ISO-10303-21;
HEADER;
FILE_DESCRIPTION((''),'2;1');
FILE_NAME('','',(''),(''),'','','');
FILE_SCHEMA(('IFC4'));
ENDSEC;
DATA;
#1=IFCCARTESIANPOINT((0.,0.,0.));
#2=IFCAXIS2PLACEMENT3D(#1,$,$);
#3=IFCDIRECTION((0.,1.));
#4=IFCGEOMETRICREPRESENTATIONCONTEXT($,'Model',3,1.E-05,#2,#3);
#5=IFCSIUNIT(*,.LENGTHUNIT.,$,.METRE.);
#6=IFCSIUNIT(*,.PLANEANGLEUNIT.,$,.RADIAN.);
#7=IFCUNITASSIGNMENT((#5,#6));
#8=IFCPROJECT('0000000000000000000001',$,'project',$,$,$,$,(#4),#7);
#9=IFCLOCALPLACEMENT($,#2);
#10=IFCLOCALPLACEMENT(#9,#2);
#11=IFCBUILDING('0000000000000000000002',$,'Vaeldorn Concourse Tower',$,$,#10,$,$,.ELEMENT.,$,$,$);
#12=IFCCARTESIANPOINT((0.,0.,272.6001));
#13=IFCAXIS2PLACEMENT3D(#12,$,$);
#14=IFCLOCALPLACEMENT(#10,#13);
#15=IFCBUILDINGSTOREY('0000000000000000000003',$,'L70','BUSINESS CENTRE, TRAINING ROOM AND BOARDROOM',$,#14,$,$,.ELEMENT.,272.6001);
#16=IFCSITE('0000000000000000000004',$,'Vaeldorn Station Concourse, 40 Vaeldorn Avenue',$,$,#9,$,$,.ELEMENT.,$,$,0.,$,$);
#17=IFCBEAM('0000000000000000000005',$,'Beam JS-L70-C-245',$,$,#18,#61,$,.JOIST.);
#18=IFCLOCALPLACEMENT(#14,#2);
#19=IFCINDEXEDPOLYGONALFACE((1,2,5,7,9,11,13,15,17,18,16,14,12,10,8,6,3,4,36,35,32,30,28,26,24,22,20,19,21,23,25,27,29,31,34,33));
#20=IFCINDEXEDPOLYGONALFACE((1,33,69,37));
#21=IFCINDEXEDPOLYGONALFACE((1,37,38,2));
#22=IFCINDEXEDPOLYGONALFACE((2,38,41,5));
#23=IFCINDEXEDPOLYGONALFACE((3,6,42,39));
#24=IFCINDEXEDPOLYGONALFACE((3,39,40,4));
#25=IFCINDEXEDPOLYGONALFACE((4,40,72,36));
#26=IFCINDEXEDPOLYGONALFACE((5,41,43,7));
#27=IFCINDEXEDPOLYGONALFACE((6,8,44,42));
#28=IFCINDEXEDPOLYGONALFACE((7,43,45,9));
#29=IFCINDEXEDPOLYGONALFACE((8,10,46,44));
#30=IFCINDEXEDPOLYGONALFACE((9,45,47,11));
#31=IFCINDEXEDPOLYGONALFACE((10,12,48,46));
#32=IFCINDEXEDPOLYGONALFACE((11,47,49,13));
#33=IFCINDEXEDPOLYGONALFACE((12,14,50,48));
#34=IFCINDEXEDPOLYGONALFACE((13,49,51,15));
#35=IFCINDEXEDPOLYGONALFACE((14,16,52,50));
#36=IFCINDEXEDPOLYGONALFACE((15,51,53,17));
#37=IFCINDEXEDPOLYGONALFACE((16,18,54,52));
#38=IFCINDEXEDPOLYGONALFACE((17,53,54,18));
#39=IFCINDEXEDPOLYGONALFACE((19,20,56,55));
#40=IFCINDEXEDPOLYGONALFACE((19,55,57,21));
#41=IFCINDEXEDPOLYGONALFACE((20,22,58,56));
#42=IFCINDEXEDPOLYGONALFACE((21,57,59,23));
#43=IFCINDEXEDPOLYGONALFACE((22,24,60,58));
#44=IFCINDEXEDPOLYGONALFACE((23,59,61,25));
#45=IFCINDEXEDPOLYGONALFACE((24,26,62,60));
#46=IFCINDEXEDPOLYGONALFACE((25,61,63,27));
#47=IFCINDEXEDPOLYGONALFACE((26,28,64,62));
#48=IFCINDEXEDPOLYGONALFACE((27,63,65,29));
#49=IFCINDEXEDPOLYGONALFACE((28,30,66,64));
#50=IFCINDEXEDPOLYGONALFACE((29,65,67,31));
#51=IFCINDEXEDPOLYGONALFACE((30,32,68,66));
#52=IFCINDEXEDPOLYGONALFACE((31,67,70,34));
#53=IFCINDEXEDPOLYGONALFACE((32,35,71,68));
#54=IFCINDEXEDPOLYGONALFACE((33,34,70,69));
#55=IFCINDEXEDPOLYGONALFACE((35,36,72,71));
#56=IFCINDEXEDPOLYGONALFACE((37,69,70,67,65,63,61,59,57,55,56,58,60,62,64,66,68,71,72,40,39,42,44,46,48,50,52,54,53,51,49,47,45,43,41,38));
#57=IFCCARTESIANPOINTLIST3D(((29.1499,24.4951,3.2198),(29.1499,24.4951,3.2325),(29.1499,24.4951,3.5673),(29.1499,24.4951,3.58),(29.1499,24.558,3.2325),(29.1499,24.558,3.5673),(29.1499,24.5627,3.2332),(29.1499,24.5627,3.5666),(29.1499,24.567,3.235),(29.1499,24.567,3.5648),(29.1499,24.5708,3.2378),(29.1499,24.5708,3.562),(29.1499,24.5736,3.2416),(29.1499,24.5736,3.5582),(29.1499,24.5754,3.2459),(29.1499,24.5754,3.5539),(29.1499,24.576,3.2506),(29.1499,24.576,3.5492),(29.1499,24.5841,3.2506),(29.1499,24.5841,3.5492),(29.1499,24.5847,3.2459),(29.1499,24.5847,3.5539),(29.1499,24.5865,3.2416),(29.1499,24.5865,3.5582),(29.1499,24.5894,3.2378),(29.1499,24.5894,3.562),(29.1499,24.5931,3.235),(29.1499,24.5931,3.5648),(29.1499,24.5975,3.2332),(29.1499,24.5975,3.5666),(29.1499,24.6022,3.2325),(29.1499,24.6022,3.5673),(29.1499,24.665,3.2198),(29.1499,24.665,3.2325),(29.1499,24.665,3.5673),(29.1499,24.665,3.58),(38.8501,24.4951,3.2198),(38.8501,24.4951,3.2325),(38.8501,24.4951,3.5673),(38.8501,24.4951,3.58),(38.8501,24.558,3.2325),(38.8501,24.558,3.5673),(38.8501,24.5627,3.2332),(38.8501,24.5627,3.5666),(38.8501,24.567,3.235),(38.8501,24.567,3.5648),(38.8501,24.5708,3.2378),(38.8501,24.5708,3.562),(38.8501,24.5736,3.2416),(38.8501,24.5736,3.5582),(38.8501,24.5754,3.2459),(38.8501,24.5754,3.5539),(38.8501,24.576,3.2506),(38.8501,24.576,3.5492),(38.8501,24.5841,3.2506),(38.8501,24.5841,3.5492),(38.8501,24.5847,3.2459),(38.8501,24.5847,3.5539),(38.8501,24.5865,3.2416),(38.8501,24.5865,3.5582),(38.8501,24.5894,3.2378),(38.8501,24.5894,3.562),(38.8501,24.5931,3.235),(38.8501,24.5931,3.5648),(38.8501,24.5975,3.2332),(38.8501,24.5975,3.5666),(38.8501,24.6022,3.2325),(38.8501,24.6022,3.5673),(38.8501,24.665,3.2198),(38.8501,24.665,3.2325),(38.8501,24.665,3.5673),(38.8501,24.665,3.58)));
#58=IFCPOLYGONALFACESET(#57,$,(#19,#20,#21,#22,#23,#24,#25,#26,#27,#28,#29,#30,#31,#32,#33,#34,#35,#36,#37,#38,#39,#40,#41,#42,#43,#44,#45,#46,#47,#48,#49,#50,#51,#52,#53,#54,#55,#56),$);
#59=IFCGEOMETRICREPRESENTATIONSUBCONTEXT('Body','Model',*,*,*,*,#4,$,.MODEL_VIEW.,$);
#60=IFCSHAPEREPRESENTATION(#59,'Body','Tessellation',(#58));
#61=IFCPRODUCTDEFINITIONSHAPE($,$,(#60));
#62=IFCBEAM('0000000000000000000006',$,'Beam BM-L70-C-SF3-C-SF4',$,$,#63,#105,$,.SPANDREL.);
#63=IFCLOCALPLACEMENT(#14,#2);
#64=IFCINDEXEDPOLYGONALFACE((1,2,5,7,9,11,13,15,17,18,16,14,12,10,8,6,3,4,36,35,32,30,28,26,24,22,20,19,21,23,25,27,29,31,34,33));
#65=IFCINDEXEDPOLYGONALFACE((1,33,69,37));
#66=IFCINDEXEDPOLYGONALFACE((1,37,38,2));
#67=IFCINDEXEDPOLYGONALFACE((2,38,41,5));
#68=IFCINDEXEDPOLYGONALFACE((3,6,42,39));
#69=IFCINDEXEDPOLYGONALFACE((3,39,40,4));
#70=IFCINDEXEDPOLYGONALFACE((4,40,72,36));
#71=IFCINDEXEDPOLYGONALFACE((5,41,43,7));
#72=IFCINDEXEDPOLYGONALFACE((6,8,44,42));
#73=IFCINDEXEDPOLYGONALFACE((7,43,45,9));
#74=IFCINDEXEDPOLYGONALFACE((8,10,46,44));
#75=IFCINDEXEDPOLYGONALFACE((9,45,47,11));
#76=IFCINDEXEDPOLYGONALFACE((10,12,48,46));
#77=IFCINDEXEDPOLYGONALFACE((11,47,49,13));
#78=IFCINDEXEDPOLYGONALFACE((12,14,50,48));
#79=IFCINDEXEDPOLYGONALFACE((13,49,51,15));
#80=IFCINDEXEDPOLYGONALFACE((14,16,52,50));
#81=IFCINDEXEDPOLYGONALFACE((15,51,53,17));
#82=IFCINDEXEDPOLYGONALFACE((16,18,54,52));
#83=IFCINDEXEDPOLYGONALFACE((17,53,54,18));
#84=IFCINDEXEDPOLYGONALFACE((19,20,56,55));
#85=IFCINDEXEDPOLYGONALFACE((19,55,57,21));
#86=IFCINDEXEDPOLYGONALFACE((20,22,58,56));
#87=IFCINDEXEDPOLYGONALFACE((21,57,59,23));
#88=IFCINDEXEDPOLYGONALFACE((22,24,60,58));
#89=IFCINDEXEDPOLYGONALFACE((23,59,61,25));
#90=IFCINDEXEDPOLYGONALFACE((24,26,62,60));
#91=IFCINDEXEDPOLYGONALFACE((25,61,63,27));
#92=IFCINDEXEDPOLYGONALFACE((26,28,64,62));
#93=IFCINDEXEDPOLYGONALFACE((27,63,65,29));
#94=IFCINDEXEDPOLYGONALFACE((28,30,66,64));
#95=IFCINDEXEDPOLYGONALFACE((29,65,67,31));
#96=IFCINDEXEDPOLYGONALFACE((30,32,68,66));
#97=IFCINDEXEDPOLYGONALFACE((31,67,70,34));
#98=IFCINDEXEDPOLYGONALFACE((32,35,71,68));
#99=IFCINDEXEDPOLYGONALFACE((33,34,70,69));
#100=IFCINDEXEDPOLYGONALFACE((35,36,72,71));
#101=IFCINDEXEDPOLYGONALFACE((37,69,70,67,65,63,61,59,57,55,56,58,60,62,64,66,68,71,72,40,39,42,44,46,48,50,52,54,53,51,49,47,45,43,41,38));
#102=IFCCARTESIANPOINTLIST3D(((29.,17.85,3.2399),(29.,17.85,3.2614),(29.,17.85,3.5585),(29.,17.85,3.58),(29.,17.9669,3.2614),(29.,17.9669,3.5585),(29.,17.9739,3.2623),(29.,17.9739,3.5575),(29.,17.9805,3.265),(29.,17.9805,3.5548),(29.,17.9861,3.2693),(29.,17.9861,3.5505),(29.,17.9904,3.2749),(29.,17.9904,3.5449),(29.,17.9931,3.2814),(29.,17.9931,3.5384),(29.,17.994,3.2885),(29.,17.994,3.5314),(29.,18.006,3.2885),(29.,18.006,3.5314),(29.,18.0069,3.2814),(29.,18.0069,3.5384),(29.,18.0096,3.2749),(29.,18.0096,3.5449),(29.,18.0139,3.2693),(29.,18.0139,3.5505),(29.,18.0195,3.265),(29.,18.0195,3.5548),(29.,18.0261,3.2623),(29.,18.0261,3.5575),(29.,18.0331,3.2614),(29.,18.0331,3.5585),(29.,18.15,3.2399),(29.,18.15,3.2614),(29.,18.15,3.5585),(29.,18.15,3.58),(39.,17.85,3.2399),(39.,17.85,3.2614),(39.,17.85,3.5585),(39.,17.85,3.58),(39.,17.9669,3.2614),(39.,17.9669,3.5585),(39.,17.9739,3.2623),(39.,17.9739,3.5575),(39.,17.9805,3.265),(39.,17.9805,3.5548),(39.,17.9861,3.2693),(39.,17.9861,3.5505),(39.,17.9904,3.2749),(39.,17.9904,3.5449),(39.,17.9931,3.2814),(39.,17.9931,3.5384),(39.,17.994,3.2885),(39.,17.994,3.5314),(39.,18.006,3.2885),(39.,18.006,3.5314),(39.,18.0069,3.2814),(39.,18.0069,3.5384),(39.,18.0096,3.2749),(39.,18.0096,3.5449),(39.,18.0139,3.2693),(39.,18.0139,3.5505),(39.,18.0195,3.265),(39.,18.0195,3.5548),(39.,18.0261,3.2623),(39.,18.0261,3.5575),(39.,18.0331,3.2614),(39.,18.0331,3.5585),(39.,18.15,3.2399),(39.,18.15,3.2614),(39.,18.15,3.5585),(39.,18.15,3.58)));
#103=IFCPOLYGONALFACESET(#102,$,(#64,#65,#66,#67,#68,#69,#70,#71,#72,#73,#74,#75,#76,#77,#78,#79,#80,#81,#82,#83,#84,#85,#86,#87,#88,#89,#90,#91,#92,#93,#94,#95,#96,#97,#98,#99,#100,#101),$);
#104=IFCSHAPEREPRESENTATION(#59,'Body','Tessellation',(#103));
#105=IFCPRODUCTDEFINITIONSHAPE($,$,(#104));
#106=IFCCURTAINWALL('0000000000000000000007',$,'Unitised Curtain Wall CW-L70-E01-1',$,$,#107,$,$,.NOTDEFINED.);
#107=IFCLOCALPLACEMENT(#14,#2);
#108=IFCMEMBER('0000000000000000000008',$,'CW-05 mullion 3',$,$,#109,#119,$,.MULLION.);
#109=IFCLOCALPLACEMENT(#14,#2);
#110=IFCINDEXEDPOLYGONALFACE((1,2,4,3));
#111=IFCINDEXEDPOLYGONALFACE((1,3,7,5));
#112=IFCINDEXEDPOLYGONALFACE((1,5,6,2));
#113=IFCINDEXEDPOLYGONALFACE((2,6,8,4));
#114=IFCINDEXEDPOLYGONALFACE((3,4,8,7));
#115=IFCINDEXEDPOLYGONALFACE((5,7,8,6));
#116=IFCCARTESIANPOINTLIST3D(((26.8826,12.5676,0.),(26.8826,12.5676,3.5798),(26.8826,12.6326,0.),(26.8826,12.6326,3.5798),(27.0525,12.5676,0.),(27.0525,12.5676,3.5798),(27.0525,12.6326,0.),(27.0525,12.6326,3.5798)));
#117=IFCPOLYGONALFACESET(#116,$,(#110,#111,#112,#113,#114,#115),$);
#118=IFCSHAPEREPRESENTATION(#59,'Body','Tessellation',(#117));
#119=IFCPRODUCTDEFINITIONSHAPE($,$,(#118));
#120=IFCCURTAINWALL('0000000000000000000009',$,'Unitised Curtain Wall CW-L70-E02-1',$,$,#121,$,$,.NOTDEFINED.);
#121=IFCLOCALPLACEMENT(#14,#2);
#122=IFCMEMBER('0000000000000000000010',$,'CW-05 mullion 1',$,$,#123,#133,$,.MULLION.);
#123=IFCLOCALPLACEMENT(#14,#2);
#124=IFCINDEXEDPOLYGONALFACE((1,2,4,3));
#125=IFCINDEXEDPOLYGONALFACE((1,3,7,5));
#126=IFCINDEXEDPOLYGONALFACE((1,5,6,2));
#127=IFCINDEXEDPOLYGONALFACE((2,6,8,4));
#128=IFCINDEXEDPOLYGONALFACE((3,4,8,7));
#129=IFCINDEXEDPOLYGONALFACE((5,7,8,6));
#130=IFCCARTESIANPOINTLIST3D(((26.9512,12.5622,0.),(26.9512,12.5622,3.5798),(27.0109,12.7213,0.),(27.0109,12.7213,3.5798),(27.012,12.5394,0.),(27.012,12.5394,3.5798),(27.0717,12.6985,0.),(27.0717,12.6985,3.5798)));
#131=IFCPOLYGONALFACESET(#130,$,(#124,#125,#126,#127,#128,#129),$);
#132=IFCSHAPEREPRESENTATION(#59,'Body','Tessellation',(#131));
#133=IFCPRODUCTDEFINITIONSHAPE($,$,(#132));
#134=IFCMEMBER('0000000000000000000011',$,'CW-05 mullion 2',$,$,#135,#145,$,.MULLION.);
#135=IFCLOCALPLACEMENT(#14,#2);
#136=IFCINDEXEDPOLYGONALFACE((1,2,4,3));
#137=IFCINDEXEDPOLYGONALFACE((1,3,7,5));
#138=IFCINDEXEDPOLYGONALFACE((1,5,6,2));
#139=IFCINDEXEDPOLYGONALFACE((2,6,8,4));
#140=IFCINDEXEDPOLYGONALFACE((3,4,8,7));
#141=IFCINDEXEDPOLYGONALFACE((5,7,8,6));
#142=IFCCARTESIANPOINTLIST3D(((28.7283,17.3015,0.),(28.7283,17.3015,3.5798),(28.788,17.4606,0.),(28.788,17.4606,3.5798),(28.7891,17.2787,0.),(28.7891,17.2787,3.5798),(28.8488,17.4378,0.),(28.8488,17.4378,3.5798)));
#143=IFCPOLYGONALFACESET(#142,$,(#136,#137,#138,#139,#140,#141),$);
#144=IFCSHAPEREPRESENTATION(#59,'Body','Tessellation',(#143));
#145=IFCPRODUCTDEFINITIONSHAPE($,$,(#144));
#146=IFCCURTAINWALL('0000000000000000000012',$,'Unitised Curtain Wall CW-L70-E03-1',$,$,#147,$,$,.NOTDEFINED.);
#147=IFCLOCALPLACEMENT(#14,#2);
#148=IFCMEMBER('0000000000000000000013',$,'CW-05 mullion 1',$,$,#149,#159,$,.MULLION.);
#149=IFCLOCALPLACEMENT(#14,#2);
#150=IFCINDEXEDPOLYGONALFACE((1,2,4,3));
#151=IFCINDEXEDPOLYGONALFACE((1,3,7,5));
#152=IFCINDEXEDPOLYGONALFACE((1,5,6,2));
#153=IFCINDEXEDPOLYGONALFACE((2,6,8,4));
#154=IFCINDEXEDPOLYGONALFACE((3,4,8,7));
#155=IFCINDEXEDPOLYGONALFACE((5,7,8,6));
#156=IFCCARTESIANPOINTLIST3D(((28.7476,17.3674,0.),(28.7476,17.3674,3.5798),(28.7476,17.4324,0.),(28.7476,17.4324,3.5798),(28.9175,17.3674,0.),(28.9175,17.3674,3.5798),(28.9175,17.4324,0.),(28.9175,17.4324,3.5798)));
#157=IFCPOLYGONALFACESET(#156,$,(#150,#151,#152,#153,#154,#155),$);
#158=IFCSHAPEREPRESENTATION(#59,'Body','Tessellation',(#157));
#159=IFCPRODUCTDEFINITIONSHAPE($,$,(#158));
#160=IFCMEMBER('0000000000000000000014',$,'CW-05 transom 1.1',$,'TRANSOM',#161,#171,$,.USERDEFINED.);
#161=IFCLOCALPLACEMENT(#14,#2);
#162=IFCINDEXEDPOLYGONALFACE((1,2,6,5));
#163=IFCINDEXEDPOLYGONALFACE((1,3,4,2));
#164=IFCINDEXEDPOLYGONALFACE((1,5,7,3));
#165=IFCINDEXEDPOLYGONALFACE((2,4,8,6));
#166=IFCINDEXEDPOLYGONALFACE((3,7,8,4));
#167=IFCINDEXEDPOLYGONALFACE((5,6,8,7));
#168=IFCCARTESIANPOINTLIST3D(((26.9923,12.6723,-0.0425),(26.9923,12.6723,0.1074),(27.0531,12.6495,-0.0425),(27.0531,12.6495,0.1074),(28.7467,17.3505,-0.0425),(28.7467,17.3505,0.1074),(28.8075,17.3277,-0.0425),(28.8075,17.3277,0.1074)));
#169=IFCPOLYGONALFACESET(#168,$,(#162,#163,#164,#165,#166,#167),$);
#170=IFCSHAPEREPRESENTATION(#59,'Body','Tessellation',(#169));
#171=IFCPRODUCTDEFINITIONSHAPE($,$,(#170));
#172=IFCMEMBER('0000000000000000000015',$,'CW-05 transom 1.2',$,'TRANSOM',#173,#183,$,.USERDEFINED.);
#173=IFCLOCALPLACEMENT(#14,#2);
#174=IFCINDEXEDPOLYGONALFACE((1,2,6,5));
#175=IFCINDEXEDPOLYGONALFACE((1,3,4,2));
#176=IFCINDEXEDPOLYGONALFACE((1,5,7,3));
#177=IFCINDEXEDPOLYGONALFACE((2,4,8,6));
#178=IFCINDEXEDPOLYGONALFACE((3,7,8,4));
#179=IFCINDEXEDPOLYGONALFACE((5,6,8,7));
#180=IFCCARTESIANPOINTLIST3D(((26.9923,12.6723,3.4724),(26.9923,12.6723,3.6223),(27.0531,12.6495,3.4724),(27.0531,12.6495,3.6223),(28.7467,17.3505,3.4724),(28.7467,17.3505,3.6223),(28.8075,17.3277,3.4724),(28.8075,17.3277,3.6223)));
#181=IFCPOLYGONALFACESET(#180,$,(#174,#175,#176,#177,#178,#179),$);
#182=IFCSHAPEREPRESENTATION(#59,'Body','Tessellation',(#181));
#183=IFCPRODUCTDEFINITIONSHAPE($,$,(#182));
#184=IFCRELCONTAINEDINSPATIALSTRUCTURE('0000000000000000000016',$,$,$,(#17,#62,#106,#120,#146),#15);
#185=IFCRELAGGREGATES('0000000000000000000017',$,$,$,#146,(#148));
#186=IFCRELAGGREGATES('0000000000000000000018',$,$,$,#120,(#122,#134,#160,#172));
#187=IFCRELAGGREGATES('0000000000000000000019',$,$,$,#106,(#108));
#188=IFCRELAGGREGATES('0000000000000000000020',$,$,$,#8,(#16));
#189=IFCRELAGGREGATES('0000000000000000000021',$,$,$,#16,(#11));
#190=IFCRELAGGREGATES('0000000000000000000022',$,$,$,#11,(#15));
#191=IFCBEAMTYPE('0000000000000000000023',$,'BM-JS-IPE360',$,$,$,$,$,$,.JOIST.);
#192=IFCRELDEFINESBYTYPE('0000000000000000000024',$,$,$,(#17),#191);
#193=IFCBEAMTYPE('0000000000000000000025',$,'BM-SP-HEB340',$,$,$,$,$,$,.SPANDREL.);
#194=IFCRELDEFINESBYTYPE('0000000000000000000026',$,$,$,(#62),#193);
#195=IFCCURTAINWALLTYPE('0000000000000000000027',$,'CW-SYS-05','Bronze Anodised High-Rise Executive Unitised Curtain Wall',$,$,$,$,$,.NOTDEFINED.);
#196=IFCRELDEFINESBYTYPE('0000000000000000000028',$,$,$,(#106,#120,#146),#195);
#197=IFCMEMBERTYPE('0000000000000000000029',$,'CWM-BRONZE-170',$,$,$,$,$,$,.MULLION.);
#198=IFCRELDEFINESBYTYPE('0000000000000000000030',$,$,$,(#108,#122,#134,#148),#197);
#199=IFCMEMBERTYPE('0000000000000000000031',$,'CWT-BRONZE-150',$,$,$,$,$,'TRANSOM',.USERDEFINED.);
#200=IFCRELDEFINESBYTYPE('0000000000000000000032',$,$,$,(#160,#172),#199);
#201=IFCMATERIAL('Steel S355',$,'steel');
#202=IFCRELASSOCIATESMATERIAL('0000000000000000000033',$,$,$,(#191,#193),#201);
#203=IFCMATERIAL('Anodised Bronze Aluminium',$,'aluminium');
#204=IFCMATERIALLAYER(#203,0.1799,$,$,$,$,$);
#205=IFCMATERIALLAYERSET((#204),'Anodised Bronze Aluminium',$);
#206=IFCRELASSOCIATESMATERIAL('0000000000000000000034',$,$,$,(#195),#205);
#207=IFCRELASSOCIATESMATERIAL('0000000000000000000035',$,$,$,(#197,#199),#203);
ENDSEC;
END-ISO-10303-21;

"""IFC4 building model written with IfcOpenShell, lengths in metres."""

from ifc_helpers import new_model, si_unit, direction, frame, origin, origin_2d, place, context, subcontext, project, spatial, rectangle, i_section, extrude, source, transform, mapped, material, layer, layer_set, material_profile, profile_set, type_object, element, aggregate, save


model = new_model("IFC4")

# Units and contexts
model_context = context("Model", 3, precision=1e-05, world=origin(), true_north=direction((0.0, 1.0)))
body_context = subcontext(model_context, "Body", "Model", "MODEL_VIEW")
ifc_project = project(units=[si_unit("LENGTHUNIT", "METRE"), si_unit("PLANEANGLEUNIT", "RADIAN")], contexts=[model_context])

# Site, building, storey
site_placement = place(None, origin())
site = spatial("IfcSite", under=ifc_project, at=site_placement, Name="Vaeldorn Station Concourse, 40 Vaeldorn Avenue", CompositionType="ELEMENT", RefElevation=0.0)
building_placement = place(site_placement, origin())
building = spatial("IfcBuilding", under=site, at=building_placement, Name="Vaeldorn Concourse Tower", CompositionType="ELEMENT")
storey_placement = place(building_placement, frame((0.0, 0.0, 272.6001)))
storey = spatial("IfcBuildingStorey", under=building, at=storey_placement, Name="L70", Description="BUSINESS CENTRE, TRAINING ROOM AND BOARDROOM", CompositionType="ELEMENT", Elevation=272.6001)

# Shared definitions
ifc_material_1 = material(Name="Steel S355", Category="steel")

# Beams
ifc_material_profile_1 = material_profile(ifc_material_1, i_section(OverallWidth=0.1699, OverallDepth=0.3601, WebThickness=0.0081, FlangeThickness=0.0127, FilletRadius=0.0181, at=origin_2d()), Name="IPE 360")
ifc_profile_set_1 = profile_set([ifc_material_profile_1], Name="Steel S355")
beam_type_1 = type_object("IfcBeamType", Name="BM-JS-IPE360", PredefinedType="JOIST", material=ifc_profile_set_1)
shared_shape_1 = source(origin(), body_context, "Body", "SweptSolid", [
    extrude(i_section(OverallWidth=0.1699, OverallDepth=0.3601, WebThickness=0.0081, FlangeThickness=0.0127, FilletRadius=0.0181, at=origin_2d()), origin(), (0.0, 0.0, 1.0), 9.7002),
])
for number, where, z_axis, x_axis, name in (
    (1, (29.1499, 24.5801, 3.3999), (1.0, 0.0, 0.0), (0.0, 1.0, 0.0), "Beam JS-L70-C-245"),
):
    element("IfcBeam", number, at=place(storey_placement, frame(where, z_axis=z_axis, x_axis=x_axis)), inside=storey, type_object=beam_type_1, Name=name, PredefinedType="JOIST", context=body_context, shape_type="MappedRepresentation", body=[
        mapped(shared_shape_1, transform((0.0, 0.0, 0.0), scale=1.0)),
    ])
ifc_material_profile_2 = material_profile(ifc_material_1, i_section(OverallWidth=0.3, OverallDepth=0.3401, WebThickness=0.012, FlangeThickness=0.0215, FilletRadius=0.0271, at=origin_2d()), Name="HEB 340")
ifc_profile_set_2 = profile_set([ifc_material_profile_2], Name="Steel S355")
beam_type_2 = type_object("IfcBeamType", Name="BM-SP-HEB340", PredefinedType="SPANDREL", material=ifc_profile_set_2)
shared_shape_2 = source(origin(), body_context, "Body", "SweptSolid", [
    extrude(i_section(OverallWidth=0.3, OverallDepth=0.3401, WebThickness=0.012, FlangeThickness=0.0215, FilletRadius=0.0271, at=origin_2d()), origin(), (0.0, 0.0, 1.0), 10.0),
])
beam_1_placement = place(storey_placement, frame((29.0, 18.0, 3.4099), z_axis=(1.0, 0.0, 0.0), x_axis=(0.0, 1.0, 0.0)))
element("IfcBeam", 2, at=beam_1_placement, inside=storey, type_object=beam_type_2, Name="Beam BM-L70-C-SF3-C-SF4", PredefinedType="SPANDREL", context=body_context, shape_type="MappedRepresentation", body=[
    mapped(shared_shape_2, transform((0.0, 0.0, 0.0), scale=1.0)),
])

# Curtain wall, member
ifc_material_2 = material(Name="Anodised Bronze Aluminium", Category="aluminium")
ifc_layer_1 = layer(ifc_material_2, 0.1799)
ifc_layer_set_1 = layer_set([ifc_layer_1], Name="Anodised Bronze Aluminium")
curtain_wall_type = type_object("IfcCurtainWallType", Name="CW-SYS-05", Description="Bronze Anodised High-Rise Executive Unitised Curtain Wall", PredefinedType="NOTDEFINED", material=ifc_layer_set_1)
curtain_wall_1_placement = place(storey_placement, origin())
curtain_wall_1 = element("IfcCurtainWall", 3, at=curtain_wall_1_placement, inside=storey, type_object=curtain_wall_type, Name="Unitised Curtain Wall CW-L70-E01-1", PredefinedType="NOTDEFINED")
ifc_material_profile_3 = material_profile(ifc_material_2, rectangle(XDim=0.0649, YDim=0.1699, at=origin_2d()), Name="CWM 65x170")
ifc_profile_set_3 = profile_set([ifc_material_profile_3], Name="Anodised Bronze Aluminium")
member_type_1 = type_object("IfcMemberType", Name="CWM-BRONZE-170", PredefinedType="MULLION", material=ifc_profile_set_3)
shared_shape_3 = source(origin(), body_context, "Body", "SweptSolid", [
    extrude(rectangle(XDim=0.0649, YDim=0.1699, at=origin_2d()), origin(), (0.0, 0.0, 1.0), 3.5798),
])
member_1_placement = place(storey_placement, frame((26.9675, 12.6001, 0.0), z_axis=(0.0, 0.0, 1.0), x_axis=(0.0, 1.0, 0.0)))
member_1 = element("IfcMember", 4, at=member_1_placement, type_object=member_type_1, Name="CW-05 mullion 3", PredefinedType="MULLION", context=body_context, shape_type="MappedRepresentation", body=[
    mapped(shared_shape_3, transform((0.0, 0.0, 0.0), scale=1.0)),
])

# Curtain wall, members
curtain_wall_2_placement = place(storey_placement, origin())
curtain_wall_2 = element("IfcCurtainWall", 5, at=curtain_wall_2_placement, inside=storey, type_object=curtain_wall_type, Name="Unitised Curtain Wall CW-L70-E02-1", PredefinedType="NOTDEFINED")
member_2_placement = place(storey_placement, frame((27.0115, 12.6304, 0.0), z_axis=(0.0, 0.0, 1.0), x_axis=(-0.936329, 0.351123, 0.0)))
member_2 = element("IfcMember", 6, at=member_2_placement, type_object=member_type_1, Name="CW-05 mullion 1", PredefinedType="MULLION", context=body_context, shape_type="MappedRepresentation", body=[
    mapped(shared_shape_3, transform((0.0, 0.0, 0.0), scale=1.0)),
])
member_3_placement = place(storey_placement, frame((28.7886, 17.3696, 0.0), z_axis=(0.0, 0.0, 1.0), x_axis=(-0.936329, 0.351123, 0.0)))
member_3 = element("IfcMember", 7, at=member_3_placement, type_object=member_type_1, Name="CW-05 mullion 2", PredefinedType="MULLION", context=body_context, shape_type="MappedRepresentation", body=[
    mapped(shared_shape_3, transform((0.0, 0.0, 0.0), scale=1.0)),
])

# Curtain wall, member
curtain_wall_3_placement = place(storey_placement, origin())
curtain_wall_3 = element("IfcCurtainWall", 8, at=curtain_wall_3_placement, inside=storey, type_object=curtain_wall_type, Name="Unitised Curtain Wall CW-L70-E03-1", PredefinedType="NOTDEFINED")
member_4_placement = place(storey_placement, frame((28.8325, 17.3999, 0.0), z_axis=(0.0, 0.0, 1.0), x_axis=(0.0, 1.0, 0.0)))
member_4 = element("IfcMember", 9, at=member_4_placement, type_object=member_type_1, Name="CW-05 mullion 1", PredefinedType="MULLION", context=body_context, shape_type="MappedRepresentation", body=[
    mapped(shared_shape_3, transform((0.0, 0.0, 0.0), scale=1.0)),
])

# Members
ifc_material_profile_4 = material_profile(ifc_material_2, rectangle(XDim=0.0649, YDim=0.1499, at=origin_2d()), Name="CWT 65x150")
ifc_profile_set_4 = profile_set([ifc_material_profile_4], Name="Anodised Bronze Aluminium")
member_type_2 = type_object("IfcMemberType", Name="CWT-BRONZE-150", ElementType="TRANSOM", PredefinedType="USERDEFINED", material=ifc_profile_set_4)
shared_shape_4 = source(origin(), body_context, "Body", "SweptSolid", [
    extrude(rectangle(XDim=0.0649, YDim=0.1499, at=origin_2d()), origin(), (0.0, 0.0, 1.0), 4.9963),
])
member_5_placement = place(storey_placement, frame((27.0227, 12.6609, 0.0325), z_axis=(0.351134, 0.936325, 0.0), x_axis=(-0.936325, 0.351134, 0.0)))
member_5 = element("IfcMember", 10, at=member_5_placement, type_object=member_type_2, Name="CW-05 transom 1.1", ObjectType="TRANSOM", PredefinedType="USERDEFINED", context=body_context, shape_type="MappedRepresentation", body=[
    mapped(shared_shape_4, transform((0.0, 0.0, 0.0), scale=1.0)),
])
member_6_placement = place(storey_placement, frame((27.0227, 12.6609, 3.5474), z_axis=(0.351134, 0.936325, 0.0), x_axis=(-0.936325, 0.351134, 0.0)))
member_6 = element("IfcMember", 11, at=member_6_placement, type_object=member_type_2, Name="CW-05 transom 1.2", ObjectType="TRANSOM", PredefinedType="USERDEFINED", context=body_context, shape_type="MappedRepresentation", body=[
    mapped(shared_shape_4, transform((0.0, 0.0, 0.0), scale=1.0)),
])
aggregate(curtain_wall_3, [member_4])

aggregate(curtain_wall_2, [member_2, member_3, member_5, member_6])
aggregate(curtain_wall_1, [member_1])

save(model, "model.ifc")
